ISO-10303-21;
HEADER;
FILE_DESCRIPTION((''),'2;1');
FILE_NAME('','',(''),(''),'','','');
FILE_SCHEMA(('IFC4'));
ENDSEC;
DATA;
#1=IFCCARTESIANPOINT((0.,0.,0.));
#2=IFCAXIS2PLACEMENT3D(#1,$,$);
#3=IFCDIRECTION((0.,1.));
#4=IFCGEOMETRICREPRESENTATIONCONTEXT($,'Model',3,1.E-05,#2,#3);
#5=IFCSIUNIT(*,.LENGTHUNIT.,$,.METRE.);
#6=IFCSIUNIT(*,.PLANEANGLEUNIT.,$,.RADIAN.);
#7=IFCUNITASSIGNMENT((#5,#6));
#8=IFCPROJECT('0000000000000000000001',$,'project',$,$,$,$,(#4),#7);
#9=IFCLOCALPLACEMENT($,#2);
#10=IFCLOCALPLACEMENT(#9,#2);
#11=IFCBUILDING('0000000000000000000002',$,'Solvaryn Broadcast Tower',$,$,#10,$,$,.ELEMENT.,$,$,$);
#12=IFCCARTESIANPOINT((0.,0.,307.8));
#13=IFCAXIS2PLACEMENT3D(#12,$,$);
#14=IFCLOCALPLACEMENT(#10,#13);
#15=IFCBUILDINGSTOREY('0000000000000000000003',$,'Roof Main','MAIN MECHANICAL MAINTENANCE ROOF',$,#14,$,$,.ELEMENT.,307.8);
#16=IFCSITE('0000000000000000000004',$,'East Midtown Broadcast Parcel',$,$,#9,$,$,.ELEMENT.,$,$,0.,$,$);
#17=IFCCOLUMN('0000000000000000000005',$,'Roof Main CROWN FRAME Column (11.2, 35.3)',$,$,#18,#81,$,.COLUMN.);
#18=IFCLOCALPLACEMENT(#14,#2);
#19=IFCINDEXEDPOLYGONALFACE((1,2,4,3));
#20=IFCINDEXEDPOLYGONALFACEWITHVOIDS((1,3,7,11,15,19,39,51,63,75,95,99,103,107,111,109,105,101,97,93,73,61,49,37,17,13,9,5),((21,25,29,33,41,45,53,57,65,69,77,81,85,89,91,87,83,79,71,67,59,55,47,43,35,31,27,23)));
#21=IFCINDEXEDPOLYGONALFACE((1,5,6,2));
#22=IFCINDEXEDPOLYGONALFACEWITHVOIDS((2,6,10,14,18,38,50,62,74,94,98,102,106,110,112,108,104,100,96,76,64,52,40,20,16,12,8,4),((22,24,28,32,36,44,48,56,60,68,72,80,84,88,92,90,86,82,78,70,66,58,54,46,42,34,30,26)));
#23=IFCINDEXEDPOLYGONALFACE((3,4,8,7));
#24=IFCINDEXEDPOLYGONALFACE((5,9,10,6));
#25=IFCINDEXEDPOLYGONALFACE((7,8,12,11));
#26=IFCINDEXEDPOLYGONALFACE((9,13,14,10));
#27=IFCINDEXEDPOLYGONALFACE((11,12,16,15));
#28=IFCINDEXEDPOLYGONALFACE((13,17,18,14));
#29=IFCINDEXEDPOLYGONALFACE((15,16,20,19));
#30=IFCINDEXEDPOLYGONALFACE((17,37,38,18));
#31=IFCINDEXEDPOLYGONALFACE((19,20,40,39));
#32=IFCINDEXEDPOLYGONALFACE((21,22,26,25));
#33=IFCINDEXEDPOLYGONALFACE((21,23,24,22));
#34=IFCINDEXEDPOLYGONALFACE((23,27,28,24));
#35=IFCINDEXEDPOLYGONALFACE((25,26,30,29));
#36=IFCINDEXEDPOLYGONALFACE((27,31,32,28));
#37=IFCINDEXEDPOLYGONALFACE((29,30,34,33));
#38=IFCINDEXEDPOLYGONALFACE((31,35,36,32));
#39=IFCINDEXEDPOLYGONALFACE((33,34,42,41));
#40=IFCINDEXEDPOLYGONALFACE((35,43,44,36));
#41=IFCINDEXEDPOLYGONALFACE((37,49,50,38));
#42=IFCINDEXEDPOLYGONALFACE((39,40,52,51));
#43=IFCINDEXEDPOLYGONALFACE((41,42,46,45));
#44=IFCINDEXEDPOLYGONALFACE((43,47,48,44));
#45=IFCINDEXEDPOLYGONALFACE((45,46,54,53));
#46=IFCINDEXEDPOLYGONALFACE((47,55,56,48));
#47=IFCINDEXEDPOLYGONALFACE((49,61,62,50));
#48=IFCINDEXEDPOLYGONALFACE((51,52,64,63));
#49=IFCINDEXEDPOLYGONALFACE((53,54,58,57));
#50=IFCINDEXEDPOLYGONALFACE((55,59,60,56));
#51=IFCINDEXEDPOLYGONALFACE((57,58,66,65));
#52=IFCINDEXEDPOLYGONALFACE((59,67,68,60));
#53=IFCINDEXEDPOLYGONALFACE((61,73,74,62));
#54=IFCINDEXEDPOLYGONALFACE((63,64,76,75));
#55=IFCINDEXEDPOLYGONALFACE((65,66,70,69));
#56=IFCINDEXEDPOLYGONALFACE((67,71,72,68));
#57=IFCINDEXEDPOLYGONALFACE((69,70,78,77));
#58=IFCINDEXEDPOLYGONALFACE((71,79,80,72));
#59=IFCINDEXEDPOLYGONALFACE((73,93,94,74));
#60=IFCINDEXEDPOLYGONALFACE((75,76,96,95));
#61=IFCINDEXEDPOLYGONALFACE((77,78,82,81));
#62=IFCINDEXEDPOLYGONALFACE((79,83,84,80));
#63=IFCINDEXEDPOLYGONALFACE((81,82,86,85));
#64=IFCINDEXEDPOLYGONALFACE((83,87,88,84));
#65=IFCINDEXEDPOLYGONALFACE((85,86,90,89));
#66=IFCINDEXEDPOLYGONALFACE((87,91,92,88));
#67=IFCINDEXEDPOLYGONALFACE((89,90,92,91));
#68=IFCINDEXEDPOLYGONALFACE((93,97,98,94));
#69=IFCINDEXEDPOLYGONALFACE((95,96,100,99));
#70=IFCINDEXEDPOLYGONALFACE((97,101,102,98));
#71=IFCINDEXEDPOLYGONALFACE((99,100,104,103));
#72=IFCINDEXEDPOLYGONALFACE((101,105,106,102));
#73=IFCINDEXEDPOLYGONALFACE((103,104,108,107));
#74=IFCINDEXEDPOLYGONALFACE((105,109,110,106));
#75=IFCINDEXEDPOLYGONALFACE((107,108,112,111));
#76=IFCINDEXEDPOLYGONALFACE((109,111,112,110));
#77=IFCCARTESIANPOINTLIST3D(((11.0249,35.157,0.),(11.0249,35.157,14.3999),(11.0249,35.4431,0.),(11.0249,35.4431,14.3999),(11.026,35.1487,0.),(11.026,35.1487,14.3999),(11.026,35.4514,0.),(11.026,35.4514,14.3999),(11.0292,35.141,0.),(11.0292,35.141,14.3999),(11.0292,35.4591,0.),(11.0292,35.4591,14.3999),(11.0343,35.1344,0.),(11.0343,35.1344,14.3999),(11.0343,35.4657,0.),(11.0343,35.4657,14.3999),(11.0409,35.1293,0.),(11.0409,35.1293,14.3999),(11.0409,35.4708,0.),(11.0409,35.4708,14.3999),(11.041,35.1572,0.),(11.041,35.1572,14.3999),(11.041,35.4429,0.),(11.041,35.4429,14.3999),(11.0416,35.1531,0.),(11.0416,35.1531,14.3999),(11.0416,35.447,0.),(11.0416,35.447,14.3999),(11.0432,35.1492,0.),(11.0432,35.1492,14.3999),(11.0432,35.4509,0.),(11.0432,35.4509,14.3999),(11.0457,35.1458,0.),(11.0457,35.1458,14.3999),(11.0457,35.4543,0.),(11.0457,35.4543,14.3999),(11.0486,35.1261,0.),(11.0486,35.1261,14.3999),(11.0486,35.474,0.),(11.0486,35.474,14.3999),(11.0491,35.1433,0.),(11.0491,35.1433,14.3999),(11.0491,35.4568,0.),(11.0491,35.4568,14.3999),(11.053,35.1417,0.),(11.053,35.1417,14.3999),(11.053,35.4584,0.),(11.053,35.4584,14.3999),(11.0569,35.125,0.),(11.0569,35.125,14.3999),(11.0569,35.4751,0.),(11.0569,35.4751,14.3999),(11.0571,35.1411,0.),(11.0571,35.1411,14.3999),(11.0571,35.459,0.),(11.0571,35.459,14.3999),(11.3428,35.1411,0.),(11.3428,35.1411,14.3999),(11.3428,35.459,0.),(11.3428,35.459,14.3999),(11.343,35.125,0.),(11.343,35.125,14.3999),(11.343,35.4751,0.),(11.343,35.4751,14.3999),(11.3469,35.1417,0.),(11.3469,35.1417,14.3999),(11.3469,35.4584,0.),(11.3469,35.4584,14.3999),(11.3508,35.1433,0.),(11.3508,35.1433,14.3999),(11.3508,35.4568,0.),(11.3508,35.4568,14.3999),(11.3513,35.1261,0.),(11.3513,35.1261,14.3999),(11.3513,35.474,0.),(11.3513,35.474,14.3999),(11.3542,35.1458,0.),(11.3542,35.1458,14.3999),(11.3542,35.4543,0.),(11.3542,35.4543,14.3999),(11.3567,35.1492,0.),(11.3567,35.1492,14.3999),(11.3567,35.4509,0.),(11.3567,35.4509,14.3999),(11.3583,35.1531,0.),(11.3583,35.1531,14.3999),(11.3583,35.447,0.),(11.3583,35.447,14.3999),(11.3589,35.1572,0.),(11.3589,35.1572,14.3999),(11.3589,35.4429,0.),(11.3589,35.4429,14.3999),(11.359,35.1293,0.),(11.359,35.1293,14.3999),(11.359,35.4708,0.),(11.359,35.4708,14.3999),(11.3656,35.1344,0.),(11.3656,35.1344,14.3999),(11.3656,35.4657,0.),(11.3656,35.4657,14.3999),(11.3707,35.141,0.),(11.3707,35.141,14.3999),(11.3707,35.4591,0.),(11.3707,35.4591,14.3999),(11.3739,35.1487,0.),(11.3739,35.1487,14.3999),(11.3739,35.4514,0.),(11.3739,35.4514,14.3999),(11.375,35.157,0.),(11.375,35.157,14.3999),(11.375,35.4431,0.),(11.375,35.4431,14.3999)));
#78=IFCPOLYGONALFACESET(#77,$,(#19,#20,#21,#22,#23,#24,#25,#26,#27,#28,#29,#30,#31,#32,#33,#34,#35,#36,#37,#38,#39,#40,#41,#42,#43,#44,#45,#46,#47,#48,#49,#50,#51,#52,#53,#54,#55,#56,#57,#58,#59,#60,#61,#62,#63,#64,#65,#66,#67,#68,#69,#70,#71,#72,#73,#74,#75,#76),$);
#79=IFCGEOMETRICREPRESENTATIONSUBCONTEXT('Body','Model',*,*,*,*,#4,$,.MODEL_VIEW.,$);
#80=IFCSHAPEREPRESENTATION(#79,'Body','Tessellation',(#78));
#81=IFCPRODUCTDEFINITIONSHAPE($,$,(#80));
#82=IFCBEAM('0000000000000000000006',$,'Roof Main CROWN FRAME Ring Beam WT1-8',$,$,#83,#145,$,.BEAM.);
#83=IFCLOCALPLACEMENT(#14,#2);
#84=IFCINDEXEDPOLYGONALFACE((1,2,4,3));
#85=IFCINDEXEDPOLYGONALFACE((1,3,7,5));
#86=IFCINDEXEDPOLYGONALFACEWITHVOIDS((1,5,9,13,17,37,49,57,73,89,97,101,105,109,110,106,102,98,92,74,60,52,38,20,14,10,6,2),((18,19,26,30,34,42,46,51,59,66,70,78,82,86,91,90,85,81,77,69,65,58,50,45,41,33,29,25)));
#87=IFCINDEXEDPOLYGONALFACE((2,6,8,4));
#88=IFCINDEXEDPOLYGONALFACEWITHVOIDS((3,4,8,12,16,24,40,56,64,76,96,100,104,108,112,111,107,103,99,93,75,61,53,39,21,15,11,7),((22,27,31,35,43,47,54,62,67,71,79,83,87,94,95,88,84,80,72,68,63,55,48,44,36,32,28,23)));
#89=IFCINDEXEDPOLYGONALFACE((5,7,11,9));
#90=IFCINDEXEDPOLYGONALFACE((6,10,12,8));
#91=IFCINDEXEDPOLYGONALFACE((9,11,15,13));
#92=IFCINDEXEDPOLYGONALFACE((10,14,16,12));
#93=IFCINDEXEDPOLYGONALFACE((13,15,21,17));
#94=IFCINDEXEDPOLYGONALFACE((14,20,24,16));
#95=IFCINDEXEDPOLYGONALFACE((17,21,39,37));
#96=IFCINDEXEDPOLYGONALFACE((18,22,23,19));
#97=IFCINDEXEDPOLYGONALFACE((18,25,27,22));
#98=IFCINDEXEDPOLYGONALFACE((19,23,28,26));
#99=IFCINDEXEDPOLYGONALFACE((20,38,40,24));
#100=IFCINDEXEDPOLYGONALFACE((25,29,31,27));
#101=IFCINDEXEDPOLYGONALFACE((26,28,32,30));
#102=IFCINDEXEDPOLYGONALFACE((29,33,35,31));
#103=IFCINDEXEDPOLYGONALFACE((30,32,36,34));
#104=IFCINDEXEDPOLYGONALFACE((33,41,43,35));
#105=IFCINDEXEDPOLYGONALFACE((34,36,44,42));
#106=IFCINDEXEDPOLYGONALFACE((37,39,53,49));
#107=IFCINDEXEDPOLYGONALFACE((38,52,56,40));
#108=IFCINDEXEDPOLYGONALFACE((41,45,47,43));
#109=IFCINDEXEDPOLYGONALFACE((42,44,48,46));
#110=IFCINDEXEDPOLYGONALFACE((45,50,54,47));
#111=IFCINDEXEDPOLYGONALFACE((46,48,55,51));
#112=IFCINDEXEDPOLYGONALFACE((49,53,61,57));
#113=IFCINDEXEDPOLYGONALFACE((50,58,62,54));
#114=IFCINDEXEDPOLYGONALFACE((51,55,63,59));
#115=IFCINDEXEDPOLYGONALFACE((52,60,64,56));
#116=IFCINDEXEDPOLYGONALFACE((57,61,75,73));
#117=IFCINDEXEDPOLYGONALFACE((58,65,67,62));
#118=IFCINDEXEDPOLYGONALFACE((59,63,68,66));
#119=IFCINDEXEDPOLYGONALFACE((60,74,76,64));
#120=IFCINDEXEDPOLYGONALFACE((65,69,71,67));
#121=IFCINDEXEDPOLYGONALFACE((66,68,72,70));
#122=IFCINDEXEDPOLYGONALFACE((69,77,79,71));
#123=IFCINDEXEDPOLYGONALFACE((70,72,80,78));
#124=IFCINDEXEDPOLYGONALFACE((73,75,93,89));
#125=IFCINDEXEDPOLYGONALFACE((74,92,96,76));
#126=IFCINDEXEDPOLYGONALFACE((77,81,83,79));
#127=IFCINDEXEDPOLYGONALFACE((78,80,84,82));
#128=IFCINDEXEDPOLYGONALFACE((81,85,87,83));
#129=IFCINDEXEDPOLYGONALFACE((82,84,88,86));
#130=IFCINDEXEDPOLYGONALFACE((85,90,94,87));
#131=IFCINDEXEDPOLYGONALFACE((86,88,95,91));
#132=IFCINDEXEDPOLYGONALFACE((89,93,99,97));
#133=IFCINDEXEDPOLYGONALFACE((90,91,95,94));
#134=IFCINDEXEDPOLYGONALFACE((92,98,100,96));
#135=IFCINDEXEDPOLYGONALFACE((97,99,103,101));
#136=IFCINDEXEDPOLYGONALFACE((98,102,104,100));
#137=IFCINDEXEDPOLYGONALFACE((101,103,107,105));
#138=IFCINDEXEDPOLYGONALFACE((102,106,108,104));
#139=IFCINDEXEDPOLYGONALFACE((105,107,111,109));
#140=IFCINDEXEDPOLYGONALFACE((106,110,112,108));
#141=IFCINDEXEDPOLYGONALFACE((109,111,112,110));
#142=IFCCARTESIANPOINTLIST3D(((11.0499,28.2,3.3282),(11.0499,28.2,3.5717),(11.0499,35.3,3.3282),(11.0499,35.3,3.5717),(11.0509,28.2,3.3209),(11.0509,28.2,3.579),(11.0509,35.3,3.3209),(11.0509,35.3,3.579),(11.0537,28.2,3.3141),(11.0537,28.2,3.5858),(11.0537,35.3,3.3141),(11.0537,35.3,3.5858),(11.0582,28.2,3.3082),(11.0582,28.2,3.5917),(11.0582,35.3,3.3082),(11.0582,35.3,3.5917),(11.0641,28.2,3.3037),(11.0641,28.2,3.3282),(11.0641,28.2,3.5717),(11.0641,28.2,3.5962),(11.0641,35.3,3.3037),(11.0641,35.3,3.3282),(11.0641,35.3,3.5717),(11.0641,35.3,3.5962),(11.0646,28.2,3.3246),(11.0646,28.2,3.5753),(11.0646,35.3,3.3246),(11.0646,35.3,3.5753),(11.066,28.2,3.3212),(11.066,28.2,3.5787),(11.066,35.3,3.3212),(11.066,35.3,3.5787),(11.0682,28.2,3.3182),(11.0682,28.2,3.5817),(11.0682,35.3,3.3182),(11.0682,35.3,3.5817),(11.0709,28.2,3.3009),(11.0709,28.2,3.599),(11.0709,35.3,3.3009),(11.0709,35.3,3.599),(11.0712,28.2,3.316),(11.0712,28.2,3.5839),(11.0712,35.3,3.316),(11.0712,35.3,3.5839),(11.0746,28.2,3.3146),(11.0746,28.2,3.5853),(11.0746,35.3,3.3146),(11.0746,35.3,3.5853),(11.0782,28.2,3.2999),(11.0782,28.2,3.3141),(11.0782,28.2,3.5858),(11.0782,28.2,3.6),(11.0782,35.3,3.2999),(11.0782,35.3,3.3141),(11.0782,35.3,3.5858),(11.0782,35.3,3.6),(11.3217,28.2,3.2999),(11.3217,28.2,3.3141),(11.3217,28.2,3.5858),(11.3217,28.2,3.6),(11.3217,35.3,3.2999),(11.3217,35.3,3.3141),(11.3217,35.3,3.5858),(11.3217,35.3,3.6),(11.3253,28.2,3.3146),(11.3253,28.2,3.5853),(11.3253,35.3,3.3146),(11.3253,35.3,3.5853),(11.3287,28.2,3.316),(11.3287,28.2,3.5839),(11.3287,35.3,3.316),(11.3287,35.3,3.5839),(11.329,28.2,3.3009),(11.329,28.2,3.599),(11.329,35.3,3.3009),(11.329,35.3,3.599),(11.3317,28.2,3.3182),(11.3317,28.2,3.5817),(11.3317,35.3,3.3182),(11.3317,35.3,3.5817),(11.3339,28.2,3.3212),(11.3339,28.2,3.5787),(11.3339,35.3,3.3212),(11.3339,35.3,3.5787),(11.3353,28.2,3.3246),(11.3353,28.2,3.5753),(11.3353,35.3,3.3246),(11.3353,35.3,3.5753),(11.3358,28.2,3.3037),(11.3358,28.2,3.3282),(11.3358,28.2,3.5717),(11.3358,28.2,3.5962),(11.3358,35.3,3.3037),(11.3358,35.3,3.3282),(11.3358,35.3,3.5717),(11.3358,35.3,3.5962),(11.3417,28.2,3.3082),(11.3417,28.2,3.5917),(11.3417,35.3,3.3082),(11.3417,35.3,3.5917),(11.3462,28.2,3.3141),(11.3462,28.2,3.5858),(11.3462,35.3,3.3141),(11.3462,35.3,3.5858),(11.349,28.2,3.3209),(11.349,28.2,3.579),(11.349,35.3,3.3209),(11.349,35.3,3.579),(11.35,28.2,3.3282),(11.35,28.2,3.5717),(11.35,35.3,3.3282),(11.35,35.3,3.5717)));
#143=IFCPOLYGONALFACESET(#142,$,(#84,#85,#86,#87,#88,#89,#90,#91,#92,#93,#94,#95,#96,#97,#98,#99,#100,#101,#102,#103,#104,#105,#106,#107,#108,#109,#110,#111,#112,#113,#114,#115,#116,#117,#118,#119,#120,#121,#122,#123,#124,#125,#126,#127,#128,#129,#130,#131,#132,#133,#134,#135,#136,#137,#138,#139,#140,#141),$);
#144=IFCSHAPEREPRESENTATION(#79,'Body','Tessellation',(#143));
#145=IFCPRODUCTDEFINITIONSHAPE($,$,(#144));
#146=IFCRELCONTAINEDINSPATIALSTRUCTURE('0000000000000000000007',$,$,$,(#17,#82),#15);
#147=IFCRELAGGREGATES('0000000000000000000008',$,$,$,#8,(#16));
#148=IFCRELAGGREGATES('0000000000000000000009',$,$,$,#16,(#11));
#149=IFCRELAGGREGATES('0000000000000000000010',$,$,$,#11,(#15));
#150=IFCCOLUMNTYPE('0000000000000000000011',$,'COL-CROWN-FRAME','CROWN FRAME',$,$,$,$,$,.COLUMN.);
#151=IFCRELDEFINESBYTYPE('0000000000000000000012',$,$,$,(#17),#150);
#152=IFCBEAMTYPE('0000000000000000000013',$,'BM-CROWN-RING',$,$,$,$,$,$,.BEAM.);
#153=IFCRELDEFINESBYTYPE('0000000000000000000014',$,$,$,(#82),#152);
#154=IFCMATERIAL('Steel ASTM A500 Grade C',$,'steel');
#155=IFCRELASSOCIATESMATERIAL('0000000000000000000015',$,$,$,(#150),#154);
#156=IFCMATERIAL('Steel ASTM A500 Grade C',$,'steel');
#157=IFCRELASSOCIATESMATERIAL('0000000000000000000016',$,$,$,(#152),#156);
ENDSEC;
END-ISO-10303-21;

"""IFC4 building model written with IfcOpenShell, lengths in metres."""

from ifc_helpers import new_model, si_unit, direction, frame, origin, origin_2d, place, context, subcontext, project, spatial, hollow_rectangle, extrude, material, material_profile, profile_set, type_object, element, save


model = new_model("IFC4")

# Units and contexts
model_context = context("Model", 3, precision=1e-05, world=origin(), true_north=direction((0.0, 1.0)))
body_context = subcontext(model_context, "Body", "Model", "MODEL_VIEW")
ifc_project = project(units=[si_unit("LENGTHUNIT", "METRE"), si_unit("PLANEANGLEUNIT", "RADIAN")], contexts=[model_context])

# Site, building, storey
site_placement = place(None, origin())
site = spatial("IfcSite", under=ifc_project, at=site_placement, Name="East Midtown Broadcast Parcel", CompositionType="ELEMENT", RefElevation=0.0)
building_placement = place(site_placement, origin())
building = spatial("IfcBuilding", under=site, at=building_placement, Name="Solvaryn Broadcast Tower", CompositionType="ELEMENT")
storey_placement = place(building_placement, frame((0.0, 0.0, 307.8)))
storey = spatial("IfcBuildingStorey", under=building, at=storey_placement, Name="Roof Main", Description="MAIN MECHANICAL MAINTENANCE ROOF", CompositionType="ELEMENT", Elevation=307.8)

# Column
ifc_material_1 = material(Name="Steel ASTM A500 Grade C", Category="steel")
ifc_material_profile_1 = material_profile(ifc_material_1, hollow_rectangle(XDim=0.3501, YDim=0.3501, WallThickness=0.0161, InnerFilletRadius=0.0161, OuterFilletRadius=0.032, at=origin_2d()))
ifc_profile_set_1 = profile_set([ifc_material_profile_1], Name="Steel ASTM A500 Grade C")
column_type = type_object("IfcColumnType", Name="COL-CROWN-FRAME", Description="CROWN FRAME", PredefinedType="COLUMN", material=ifc_profile_set_1)
column_placement = place(storey_placement, frame((11.2, 35.3, 0.0), z_axis=(0.0, 0.0, 1.0), x_axis=(1.0, 0.0, 0.0)))
element("IfcColumn", 1, at=column_placement, inside=storey, type_object=column_type, Name="Roof Main CROWN FRAME Column (11.2, 35.3)", PredefinedType="COLUMN", context=body_context, shape_type="SweptSolid", body=[
    extrude(hollow_rectangle(XDim=0.3501, YDim=0.3501, WallThickness=0.0161, InnerFilletRadius=0.0161, OuterFilletRadius=0.032, at=origin_2d()), origin(), (0.0, 0.0, 1.0), 14.3999),
])

# Beam
ifc_material_2 = material(Name="Steel ASTM A500 Grade C", Category="steel")
ifc_material_profile_2 = material_profile(ifc_material_2, hollow_rectangle(XDim=0.3, YDim=0.3, WallThickness=0.0142, InnerFilletRadius=0.0142, OuterFilletRadius=0.0283, at=origin_2d()))
ifc_profile_set_2 = profile_set([ifc_material_profile_2], Name="Steel ASTM A500 Grade C")
beam_type = type_object("IfcBeamType", Name="BM-CROWN-RING", PredefinedType="BEAM", material=ifc_profile_set_2)
beam_1_placement = place(storey_placement, frame((11.2, 35.3, 3.45), z_axis=(0.0, -1.0, 0.0), x_axis=(1.0, 0.0, 0.0)))
element("IfcBeam", 2, at=beam_1_placement, inside=storey, type_object=beam_type, Name="Roof Main CROWN FRAME Ring Beam WT1-8", PredefinedType="BEAM", context=body_context, shape_type="SweptSolid", body=[
    extrude(hollow_rectangle(XDim=0.3, YDim=0.3, WallThickness=0.0142, InnerFilletRadius=0.0142, OuterFilletRadius=0.0283, at=origin_2d()), origin(), (0.0, 0.0, 1.0), 7.1001),
])

save(model, "model.ifc")
